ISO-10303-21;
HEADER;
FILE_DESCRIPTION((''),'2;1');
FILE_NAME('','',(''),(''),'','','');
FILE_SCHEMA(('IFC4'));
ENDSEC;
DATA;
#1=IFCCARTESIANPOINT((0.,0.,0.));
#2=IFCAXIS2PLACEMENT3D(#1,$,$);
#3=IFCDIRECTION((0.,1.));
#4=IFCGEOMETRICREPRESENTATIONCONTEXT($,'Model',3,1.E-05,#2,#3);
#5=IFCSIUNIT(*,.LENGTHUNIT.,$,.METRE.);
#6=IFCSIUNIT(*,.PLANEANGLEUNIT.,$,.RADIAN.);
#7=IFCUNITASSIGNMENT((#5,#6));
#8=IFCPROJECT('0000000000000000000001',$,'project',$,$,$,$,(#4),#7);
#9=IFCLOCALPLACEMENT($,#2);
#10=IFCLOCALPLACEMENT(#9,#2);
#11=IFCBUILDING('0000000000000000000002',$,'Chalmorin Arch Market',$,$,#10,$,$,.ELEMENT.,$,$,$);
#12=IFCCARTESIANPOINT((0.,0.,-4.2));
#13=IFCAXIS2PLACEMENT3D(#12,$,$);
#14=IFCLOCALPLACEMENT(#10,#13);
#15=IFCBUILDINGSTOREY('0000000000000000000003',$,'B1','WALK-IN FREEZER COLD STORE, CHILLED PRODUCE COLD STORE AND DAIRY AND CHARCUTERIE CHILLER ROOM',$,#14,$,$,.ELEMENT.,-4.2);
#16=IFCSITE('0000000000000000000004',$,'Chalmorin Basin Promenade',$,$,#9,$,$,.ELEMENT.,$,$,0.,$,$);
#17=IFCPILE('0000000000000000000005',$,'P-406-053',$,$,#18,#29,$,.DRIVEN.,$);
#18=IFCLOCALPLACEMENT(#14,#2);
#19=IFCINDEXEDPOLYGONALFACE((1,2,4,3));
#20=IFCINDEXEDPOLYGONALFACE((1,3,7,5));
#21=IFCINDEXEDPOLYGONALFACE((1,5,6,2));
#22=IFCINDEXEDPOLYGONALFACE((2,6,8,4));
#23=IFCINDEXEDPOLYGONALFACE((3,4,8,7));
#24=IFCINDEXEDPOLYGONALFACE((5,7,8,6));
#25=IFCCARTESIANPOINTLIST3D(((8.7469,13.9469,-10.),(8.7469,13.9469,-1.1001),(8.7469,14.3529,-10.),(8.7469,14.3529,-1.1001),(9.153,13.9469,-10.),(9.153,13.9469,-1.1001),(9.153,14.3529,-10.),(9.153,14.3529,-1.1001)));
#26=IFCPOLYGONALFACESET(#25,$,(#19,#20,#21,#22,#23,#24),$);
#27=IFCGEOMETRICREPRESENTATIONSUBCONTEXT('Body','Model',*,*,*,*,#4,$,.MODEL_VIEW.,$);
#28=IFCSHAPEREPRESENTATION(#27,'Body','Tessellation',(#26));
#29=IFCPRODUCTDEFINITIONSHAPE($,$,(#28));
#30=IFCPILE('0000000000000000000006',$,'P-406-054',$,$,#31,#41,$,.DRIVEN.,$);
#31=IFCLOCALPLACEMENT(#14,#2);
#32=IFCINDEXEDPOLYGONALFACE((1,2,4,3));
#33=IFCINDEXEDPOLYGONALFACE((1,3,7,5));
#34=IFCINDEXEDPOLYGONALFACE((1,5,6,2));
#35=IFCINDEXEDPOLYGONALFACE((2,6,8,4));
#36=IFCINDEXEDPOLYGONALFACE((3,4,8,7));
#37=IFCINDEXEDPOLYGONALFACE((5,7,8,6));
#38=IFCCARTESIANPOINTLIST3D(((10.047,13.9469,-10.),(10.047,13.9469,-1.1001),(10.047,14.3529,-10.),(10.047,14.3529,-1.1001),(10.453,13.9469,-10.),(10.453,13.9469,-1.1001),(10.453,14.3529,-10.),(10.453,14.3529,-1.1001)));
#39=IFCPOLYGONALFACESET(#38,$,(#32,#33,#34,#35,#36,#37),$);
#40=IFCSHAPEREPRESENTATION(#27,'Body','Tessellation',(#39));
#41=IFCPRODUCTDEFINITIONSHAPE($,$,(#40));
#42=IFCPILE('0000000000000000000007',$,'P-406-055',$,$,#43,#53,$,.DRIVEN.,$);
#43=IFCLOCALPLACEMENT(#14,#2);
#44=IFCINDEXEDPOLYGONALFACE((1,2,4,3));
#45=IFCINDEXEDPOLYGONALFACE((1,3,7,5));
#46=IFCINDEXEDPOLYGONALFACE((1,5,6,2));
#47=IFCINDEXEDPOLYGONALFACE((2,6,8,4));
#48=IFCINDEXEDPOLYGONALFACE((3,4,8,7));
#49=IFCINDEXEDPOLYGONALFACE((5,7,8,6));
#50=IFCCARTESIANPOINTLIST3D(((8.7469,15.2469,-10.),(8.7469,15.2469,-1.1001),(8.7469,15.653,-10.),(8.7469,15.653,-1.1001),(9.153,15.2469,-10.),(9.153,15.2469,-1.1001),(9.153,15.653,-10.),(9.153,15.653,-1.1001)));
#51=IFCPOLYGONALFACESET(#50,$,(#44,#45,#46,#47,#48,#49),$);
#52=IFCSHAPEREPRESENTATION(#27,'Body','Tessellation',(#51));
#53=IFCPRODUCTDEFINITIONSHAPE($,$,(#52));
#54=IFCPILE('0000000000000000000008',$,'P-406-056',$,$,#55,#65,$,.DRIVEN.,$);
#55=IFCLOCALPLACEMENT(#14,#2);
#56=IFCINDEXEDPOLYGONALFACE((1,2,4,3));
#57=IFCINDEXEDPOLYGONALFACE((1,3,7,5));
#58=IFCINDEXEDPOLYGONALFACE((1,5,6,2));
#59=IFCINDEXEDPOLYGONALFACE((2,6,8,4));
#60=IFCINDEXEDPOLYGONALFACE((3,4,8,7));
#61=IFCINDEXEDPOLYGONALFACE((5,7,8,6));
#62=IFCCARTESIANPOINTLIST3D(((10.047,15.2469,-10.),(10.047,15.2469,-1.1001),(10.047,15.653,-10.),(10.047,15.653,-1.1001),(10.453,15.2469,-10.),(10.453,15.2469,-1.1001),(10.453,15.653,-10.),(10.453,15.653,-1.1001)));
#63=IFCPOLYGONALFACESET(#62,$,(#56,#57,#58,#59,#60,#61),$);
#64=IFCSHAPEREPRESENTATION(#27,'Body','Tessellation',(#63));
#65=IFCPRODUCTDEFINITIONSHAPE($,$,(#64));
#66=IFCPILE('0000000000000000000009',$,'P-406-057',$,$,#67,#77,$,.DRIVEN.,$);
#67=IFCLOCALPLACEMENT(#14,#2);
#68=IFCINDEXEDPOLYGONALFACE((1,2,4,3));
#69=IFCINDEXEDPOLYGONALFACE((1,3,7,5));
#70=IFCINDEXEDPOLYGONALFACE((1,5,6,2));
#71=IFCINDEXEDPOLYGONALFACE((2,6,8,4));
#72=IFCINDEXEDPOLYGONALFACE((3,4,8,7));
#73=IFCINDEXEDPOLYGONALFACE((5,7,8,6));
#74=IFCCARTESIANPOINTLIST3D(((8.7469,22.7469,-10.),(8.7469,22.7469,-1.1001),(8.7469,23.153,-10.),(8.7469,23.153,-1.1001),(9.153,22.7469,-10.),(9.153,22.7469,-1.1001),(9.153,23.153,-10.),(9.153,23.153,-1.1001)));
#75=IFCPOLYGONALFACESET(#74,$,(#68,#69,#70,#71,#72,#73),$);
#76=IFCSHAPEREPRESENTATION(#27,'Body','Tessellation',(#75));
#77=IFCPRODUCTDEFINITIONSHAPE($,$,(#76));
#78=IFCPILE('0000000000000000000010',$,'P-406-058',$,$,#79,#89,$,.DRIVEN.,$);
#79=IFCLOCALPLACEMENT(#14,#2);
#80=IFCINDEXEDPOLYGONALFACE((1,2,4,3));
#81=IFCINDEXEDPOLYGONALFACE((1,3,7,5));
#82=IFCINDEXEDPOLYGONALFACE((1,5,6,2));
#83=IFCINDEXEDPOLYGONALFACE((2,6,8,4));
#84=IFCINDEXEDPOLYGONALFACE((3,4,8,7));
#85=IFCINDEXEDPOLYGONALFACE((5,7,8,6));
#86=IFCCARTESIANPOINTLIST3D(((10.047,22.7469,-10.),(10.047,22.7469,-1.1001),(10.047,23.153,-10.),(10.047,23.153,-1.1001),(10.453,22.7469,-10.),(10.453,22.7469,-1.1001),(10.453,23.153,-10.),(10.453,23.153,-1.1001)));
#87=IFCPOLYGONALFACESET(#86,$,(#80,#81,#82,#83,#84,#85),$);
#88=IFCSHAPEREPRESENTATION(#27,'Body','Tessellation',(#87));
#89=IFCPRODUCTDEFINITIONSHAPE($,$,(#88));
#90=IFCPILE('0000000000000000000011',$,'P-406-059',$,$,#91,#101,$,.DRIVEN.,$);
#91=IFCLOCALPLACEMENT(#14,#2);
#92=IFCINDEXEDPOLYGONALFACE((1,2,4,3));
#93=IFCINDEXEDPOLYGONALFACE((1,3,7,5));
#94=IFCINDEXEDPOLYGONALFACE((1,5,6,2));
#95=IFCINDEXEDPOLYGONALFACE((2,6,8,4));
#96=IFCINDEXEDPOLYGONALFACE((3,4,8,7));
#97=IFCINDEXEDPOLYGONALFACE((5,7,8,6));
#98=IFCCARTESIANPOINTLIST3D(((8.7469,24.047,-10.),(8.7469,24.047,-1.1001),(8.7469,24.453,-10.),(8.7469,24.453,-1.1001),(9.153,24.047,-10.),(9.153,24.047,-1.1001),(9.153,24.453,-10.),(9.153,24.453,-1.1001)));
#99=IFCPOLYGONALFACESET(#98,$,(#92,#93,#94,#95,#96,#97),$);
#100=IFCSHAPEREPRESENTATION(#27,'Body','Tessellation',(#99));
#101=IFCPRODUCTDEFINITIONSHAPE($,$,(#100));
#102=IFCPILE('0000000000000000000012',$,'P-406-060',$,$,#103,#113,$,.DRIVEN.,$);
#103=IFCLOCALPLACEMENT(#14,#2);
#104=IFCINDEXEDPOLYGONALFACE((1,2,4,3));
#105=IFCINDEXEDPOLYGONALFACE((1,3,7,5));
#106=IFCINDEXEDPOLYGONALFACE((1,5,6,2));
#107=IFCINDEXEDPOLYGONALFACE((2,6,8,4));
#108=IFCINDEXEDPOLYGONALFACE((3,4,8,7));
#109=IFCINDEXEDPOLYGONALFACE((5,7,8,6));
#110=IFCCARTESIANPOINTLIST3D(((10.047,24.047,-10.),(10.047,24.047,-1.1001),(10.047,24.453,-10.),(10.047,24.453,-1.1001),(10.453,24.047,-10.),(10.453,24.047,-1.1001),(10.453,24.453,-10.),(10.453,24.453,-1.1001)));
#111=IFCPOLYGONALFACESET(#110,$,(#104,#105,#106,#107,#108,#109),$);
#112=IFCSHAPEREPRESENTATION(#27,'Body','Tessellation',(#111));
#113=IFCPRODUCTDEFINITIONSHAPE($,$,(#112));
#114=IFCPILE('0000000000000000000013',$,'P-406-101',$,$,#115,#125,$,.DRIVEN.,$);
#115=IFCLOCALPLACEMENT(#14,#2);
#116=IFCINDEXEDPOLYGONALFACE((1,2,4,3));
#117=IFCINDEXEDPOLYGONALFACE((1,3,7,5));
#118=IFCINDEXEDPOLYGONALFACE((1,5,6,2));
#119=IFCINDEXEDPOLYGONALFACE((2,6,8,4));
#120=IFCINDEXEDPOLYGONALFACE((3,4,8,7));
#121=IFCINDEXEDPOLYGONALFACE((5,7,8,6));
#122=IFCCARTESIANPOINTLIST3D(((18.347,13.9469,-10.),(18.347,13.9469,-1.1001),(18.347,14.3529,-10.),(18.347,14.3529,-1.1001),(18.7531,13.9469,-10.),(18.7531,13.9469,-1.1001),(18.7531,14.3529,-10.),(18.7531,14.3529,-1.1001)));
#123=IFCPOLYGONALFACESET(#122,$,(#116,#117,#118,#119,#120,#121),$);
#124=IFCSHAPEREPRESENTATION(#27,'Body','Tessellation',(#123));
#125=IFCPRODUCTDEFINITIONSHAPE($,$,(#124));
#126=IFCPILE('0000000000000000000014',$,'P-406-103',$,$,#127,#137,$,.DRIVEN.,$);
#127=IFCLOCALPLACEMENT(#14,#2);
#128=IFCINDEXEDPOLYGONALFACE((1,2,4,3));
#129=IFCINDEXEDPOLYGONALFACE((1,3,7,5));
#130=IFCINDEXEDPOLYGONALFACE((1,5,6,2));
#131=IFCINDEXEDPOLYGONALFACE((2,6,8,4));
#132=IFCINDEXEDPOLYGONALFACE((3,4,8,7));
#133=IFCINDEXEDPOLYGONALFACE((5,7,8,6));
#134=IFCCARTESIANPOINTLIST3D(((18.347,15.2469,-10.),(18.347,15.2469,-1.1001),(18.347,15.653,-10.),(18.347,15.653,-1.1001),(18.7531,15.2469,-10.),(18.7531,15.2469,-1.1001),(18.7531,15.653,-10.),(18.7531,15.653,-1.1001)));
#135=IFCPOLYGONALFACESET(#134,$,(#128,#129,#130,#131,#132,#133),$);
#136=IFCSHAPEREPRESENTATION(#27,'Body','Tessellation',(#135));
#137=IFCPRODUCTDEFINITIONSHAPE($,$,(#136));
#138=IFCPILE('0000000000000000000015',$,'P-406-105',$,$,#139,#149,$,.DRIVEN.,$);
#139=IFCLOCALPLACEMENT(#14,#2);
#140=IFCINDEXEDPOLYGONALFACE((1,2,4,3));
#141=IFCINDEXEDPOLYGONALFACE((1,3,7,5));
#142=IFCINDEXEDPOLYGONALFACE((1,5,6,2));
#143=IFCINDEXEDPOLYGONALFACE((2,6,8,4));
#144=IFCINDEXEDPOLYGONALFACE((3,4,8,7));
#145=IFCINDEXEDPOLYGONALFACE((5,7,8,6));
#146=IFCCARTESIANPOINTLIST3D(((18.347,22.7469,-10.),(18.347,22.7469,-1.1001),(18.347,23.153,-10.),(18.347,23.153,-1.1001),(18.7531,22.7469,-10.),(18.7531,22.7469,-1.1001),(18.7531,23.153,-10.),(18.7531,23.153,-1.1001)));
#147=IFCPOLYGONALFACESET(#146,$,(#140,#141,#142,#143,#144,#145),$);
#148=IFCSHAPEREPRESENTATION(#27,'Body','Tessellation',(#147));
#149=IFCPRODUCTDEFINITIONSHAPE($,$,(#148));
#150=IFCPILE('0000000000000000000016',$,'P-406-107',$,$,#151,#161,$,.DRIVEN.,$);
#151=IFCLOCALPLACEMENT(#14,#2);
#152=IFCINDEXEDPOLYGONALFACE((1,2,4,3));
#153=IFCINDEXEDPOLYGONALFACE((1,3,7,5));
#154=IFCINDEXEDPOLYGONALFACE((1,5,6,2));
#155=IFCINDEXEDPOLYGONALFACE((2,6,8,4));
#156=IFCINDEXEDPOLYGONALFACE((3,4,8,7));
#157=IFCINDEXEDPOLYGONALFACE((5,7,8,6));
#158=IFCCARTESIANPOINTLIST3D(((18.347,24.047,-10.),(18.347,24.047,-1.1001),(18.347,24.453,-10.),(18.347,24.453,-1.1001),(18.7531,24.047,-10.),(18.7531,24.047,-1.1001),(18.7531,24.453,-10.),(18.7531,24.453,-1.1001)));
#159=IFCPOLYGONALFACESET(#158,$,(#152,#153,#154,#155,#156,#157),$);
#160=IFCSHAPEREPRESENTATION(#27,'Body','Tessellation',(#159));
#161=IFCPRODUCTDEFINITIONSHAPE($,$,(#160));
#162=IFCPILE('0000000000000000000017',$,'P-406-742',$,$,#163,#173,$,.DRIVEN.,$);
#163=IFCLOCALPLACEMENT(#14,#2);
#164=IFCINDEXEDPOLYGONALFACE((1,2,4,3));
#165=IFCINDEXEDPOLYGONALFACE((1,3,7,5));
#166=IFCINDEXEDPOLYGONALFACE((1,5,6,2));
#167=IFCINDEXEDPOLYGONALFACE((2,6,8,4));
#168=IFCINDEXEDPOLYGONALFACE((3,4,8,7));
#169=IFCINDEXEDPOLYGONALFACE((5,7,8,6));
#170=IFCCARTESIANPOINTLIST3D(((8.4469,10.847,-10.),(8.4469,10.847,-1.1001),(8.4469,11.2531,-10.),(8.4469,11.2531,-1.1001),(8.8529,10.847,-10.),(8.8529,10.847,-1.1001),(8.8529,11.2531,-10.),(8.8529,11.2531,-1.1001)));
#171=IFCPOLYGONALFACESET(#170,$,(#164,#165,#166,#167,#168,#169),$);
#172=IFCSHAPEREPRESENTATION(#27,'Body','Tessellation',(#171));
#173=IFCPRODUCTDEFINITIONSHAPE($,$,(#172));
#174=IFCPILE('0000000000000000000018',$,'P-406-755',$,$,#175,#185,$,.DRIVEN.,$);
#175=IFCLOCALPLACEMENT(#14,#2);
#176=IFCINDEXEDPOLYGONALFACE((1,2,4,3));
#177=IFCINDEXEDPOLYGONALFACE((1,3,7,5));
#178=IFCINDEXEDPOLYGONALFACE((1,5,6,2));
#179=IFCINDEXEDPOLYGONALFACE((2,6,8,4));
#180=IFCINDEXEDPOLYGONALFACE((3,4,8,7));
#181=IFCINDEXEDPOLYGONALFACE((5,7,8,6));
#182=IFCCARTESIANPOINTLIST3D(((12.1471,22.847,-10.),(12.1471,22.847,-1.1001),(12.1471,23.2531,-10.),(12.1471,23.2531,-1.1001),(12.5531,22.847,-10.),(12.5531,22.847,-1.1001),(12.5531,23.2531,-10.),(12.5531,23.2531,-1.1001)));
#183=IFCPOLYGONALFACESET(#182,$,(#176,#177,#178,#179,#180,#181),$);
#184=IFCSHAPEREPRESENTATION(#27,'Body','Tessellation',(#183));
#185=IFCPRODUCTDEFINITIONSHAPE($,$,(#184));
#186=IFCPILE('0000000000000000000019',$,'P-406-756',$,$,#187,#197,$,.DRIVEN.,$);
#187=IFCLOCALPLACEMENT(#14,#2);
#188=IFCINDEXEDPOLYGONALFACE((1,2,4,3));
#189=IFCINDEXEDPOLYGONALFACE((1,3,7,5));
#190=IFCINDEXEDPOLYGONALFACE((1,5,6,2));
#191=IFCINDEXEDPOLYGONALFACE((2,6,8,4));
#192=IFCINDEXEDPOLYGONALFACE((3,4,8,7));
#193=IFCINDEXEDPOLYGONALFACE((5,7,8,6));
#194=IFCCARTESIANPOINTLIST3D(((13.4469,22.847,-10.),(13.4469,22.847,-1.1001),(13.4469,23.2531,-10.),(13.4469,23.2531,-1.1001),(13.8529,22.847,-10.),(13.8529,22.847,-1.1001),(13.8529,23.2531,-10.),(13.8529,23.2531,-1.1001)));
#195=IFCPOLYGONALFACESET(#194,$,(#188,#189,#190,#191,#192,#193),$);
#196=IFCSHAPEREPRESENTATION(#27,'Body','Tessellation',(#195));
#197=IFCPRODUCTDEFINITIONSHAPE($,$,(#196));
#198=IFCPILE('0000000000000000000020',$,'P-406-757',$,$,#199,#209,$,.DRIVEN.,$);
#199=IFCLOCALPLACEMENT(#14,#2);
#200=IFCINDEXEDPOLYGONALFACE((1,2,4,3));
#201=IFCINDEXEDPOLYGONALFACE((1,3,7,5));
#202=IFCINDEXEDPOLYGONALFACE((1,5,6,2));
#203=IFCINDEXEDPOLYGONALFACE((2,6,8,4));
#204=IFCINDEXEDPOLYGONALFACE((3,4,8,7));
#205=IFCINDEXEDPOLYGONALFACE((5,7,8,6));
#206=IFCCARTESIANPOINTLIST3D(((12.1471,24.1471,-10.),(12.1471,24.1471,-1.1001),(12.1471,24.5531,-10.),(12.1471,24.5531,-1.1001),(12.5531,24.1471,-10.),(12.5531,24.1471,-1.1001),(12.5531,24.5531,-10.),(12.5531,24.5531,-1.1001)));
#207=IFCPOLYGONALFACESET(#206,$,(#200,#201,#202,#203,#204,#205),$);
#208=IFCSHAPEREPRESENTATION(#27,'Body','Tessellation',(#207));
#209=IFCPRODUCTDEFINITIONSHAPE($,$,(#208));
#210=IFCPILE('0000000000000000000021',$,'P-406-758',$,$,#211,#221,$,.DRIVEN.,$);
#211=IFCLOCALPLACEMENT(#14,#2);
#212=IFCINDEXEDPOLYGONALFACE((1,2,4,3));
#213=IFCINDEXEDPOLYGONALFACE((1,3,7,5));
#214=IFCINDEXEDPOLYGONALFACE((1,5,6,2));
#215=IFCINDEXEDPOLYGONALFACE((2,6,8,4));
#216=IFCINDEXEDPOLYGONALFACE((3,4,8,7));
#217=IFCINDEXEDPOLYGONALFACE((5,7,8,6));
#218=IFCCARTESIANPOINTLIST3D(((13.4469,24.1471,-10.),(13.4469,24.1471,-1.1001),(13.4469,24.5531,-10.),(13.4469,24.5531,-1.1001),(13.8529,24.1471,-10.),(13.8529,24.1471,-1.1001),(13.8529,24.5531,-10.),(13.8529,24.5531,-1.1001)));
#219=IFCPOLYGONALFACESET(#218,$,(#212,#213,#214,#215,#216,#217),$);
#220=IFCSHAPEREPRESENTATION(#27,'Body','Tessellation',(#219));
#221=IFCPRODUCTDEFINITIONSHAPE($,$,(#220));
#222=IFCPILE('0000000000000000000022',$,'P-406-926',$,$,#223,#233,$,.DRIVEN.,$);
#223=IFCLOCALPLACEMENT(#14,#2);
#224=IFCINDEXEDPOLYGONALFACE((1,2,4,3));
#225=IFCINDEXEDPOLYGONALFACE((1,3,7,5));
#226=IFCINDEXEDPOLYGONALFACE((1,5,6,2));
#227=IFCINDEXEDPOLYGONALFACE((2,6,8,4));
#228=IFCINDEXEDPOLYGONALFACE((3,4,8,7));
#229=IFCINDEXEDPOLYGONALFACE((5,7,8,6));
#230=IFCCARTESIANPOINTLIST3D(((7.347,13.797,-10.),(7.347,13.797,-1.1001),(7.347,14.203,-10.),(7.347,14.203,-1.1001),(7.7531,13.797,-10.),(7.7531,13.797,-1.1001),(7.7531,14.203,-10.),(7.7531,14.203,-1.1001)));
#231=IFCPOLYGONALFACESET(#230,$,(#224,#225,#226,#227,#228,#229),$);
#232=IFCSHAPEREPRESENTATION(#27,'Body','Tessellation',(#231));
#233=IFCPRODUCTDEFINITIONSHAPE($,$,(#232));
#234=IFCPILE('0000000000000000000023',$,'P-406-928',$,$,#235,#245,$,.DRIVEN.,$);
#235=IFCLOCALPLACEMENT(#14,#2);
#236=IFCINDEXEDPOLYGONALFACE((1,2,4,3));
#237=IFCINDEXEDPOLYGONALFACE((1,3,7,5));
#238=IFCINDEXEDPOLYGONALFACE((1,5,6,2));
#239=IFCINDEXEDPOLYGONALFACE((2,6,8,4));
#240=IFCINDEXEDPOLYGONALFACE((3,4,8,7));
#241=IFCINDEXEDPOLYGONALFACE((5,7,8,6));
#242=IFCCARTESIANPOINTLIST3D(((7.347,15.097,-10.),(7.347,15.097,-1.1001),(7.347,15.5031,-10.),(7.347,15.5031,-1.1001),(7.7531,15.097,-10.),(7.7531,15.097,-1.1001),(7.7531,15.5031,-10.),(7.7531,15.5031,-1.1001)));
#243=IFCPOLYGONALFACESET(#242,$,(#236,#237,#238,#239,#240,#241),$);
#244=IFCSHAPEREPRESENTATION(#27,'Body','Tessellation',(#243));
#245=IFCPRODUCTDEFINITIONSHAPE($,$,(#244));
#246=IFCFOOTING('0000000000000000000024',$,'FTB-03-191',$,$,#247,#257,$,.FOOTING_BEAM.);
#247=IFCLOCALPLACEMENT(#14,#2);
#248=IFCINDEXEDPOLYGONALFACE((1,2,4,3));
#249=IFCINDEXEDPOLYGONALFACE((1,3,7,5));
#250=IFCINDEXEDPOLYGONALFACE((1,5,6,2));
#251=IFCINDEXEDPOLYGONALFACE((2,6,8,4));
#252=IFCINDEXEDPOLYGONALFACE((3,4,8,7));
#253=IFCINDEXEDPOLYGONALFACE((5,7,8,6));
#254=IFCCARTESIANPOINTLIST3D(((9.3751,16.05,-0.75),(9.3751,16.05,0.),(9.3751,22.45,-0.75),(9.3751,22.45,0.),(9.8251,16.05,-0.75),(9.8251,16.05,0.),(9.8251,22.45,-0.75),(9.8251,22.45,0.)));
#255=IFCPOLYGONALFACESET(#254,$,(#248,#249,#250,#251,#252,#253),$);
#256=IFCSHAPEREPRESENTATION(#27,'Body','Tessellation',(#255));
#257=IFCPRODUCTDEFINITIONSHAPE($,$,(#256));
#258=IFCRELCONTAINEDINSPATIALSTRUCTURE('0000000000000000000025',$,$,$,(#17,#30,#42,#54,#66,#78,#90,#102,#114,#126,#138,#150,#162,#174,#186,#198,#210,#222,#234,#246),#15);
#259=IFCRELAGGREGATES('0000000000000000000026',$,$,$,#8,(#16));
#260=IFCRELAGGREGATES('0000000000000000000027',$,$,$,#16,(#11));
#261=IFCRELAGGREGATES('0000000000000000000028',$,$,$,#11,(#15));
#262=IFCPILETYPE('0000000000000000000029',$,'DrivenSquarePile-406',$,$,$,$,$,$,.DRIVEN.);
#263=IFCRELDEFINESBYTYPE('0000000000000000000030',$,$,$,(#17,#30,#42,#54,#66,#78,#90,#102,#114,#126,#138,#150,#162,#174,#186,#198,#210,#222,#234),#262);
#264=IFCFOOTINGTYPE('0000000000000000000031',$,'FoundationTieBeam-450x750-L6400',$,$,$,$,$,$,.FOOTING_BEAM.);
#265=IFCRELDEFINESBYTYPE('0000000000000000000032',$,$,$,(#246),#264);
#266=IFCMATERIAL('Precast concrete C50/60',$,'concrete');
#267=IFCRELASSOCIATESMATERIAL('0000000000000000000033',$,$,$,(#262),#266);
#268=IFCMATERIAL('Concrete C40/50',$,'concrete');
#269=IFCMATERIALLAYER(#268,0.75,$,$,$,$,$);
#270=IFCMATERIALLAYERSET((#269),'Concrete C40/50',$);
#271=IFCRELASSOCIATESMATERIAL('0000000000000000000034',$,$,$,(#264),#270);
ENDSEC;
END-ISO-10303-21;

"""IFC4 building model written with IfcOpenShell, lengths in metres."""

from ifc_helpers import new_model, si_unit, direction, frame, origin, origin_2d, place, context, subcontext, project, spatial, rectangle, extrude, material, layer, layer_set, material_profile, profile_set, type_object, element, save


model = new_model("IFC4")

# Units and contexts
model_context = context("Model", 3, precision=1e-05, world=origin(), true_north=direction((0.0, 1.0)))
body_context = subcontext(model_context, "Body", "Model", "MODEL_VIEW")
ifc_project = project(units=[si_unit("LENGTHUNIT", "METRE"), si_unit("PLANEANGLEUNIT", "RADIAN")], contexts=[model_context])

# Site, building, storey
site_placement = place(None, origin())
site = spatial("IfcSite", under=ifc_project, at=site_placement, Name="Chalmorin Basin Promenade", CompositionType="ELEMENT", RefElevation=0.0)
building_placement = place(site_placement, origin())
building = spatial("IfcBuilding", under=site, at=building_placement, Name="Chalmorin Arch Market", CompositionType="ELEMENT")
storey_placement = place(building_placement, frame((0.0, 0.0, -4.2)))
storey = spatial("IfcBuildingStorey", under=building, at=storey_placement, Name="B1", Description="WALK-IN FREEZER COLD STORE, CHILLED PRODUCE COLD STORE AND DAIRY AND CHARCUTERIE CHILLER ROOM", CompositionType="ELEMENT", Elevation=-4.2)

# Piles
ifc_material_1 = material(Name="Precast concrete C50/60", Category="concrete")
ifc_material_profile_1 = material_profile(ifc_material_1, rectangle(XDim=0.406, YDim=0.406, at=origin_2d()), Name="PPC406")
ifc_profile_set_1 = profile_set([ifc_material_profile_1], Name="Precast concrete C50/60")
pile_type = type_object("IfcPileType", Name="DrivenSquarePile-406", PredefinedType="DRIVEN", material=ifc_profile_set_1)
for number, where, z_axis, x_axis, name in (
    (1, (8.95, 14.1499, -1.1001), (0.0, 0.0, -1.0), (1.0, 0.0, 0.0), "P-406-053"),
    (2, (10.25, 14.1499, -1.1001), (0.0, 0.0, -1.0), (1.0, 0.0, 0.0), "P-406-054"),
    (3, (8.95, 15.45, -1.1001), (0.0, 0.0, -1.0), (1.0, 0.0, 0.0), "P-406-055"),
    (4, (10.25, 15.45, -1.1001), (0.0, 0.0, -1.0), (1.0, 0.0, 0.0), "P-406-056"),
    (5, (8.95, 22.95, -1.1001), (0.0, 0.0, -1.0), (1.0, 0.0, 0.0), "P-406-057"),
    (6, (10.25, 22.95, -1.1001), (0.0, 0.0, -1.0), (1.0, 0.0, 0.0), "P-406-058"),
    (7, (8.95, 24.25, -1.1001), (0.0, 0.0, -1.0), (1.0, 0.0, 0.0), "P-406-059"),
    (8, (10.25, 24.25, -1.1001), (0.0, 0.0, -1.0), (1.0, 0.0, 0.0), "P-406-060"),
    (9, (18.55, 14.1499, -1.1001), (0.0, 0.0, -1.0), (1.0, 0.0, 0.0), "P-406-101"),
    (10, (18.55, 15.45, -1.1001), (0.0, 0.0, -1.0), (1.0, 0.0, 0.0), "P-406-103"),
    (11, (18.55, 22.95, -1.1001), (0.0, 0.0, -1.0), (1.0, 0.0, 0.0), "P-406-105"),
    (12, (18.55, 24.25, -1.1001), (0.0, 0.0, -1.0), (1.0, 0.0, 0.0), "P-406-107"),
    (13, (8.6499, 11.05, -1.1001), (0.0, 0.0, -1.0), (1.0, 0.0, 0.0), "P-406-742"),
    (14, (12.3501, 23.05, -1.1001), (0.0, 0.0, -1.0), (1.0, 0.0, 0.0), "P-406-755"),
    (15, (13.6499, 23.05, -1.1001), (0.0, 0.0, -1.0), (1.0, 0.0, 0.0), "P-406-756"),
    (16, (12.3501, 24.3501, -1.1001), (0.0, 0.0, -1.0), (1.0, 0.0, 0.0), "P-406-757"),
    (17, (13.6499, 24.3501, -1.1001), (0.0, 0.0, -1.0), (1.0, 0.0, 0.0), "P-406-758"),
    (18, (7.55, 14.0, -1.1001), (0.0, 0.0, -1.0), (1.0, 0.0, 0.0), "P-406-926"),
    (19, (7.55, 15.3, -1.1001), (0.0, 0.0, -1.0), (1.0, 0.0, 0.0), "P-406-928"),
):
    element("IfcPile", number, at=place(storey_placement, frame(where, z_axis=z_axis, x_axis=x_axis)), inside=storey, type_object=pile_type, Name=name, PredefinedType="DRIVEN", context=body_context, shape_type="SweptSolid", body=[
        extrude(rectangle(XDim=0.406, YDim=0.406, at=origin_2d()), origin(), (0.0, 0.0, 1.0), 8.8999),
    ])

# Footing
ifc_material_2 = material(Name="Concrete C40/50", Category="concrete")
ifc_layer_1 = layer(ifc_material_2, 0.75)
ifc_layer_set_1 = layer_set([ifc_layer_1], Name="Concrete C40/50")
footing_type_1 = type_object("IfcFootingType", Name="FoundationTieBeam-450x750-L6400", PredefinedType="FOOTING_BEAM", material=ifc_layer_set_1)
for number, where, z_axis, x_axis, name in (
    (20, (9.6001, 19.25, -0.75), (0.0, 0.0, 1.0), (0.0, 1.0, 0.0), "FTB-03-191"),
):
    element("IfcFooting", number, at=place(storey_placement, frame(where, z_axis=z_axis, x_axis=x_axis)), inside=storey, type_object=footing_type_1, Name=name, PredefinedType="FOOTING_BEAM", context=body_context, shape_type="SweptSolid", body=[
        extrude(rectangle(XDim=6.3999, YDim=0.45, at=origin_2d()), origin(), (0.0, 0.0, 1.0), 0.75),
    ])

save(model, "model.ifc")
